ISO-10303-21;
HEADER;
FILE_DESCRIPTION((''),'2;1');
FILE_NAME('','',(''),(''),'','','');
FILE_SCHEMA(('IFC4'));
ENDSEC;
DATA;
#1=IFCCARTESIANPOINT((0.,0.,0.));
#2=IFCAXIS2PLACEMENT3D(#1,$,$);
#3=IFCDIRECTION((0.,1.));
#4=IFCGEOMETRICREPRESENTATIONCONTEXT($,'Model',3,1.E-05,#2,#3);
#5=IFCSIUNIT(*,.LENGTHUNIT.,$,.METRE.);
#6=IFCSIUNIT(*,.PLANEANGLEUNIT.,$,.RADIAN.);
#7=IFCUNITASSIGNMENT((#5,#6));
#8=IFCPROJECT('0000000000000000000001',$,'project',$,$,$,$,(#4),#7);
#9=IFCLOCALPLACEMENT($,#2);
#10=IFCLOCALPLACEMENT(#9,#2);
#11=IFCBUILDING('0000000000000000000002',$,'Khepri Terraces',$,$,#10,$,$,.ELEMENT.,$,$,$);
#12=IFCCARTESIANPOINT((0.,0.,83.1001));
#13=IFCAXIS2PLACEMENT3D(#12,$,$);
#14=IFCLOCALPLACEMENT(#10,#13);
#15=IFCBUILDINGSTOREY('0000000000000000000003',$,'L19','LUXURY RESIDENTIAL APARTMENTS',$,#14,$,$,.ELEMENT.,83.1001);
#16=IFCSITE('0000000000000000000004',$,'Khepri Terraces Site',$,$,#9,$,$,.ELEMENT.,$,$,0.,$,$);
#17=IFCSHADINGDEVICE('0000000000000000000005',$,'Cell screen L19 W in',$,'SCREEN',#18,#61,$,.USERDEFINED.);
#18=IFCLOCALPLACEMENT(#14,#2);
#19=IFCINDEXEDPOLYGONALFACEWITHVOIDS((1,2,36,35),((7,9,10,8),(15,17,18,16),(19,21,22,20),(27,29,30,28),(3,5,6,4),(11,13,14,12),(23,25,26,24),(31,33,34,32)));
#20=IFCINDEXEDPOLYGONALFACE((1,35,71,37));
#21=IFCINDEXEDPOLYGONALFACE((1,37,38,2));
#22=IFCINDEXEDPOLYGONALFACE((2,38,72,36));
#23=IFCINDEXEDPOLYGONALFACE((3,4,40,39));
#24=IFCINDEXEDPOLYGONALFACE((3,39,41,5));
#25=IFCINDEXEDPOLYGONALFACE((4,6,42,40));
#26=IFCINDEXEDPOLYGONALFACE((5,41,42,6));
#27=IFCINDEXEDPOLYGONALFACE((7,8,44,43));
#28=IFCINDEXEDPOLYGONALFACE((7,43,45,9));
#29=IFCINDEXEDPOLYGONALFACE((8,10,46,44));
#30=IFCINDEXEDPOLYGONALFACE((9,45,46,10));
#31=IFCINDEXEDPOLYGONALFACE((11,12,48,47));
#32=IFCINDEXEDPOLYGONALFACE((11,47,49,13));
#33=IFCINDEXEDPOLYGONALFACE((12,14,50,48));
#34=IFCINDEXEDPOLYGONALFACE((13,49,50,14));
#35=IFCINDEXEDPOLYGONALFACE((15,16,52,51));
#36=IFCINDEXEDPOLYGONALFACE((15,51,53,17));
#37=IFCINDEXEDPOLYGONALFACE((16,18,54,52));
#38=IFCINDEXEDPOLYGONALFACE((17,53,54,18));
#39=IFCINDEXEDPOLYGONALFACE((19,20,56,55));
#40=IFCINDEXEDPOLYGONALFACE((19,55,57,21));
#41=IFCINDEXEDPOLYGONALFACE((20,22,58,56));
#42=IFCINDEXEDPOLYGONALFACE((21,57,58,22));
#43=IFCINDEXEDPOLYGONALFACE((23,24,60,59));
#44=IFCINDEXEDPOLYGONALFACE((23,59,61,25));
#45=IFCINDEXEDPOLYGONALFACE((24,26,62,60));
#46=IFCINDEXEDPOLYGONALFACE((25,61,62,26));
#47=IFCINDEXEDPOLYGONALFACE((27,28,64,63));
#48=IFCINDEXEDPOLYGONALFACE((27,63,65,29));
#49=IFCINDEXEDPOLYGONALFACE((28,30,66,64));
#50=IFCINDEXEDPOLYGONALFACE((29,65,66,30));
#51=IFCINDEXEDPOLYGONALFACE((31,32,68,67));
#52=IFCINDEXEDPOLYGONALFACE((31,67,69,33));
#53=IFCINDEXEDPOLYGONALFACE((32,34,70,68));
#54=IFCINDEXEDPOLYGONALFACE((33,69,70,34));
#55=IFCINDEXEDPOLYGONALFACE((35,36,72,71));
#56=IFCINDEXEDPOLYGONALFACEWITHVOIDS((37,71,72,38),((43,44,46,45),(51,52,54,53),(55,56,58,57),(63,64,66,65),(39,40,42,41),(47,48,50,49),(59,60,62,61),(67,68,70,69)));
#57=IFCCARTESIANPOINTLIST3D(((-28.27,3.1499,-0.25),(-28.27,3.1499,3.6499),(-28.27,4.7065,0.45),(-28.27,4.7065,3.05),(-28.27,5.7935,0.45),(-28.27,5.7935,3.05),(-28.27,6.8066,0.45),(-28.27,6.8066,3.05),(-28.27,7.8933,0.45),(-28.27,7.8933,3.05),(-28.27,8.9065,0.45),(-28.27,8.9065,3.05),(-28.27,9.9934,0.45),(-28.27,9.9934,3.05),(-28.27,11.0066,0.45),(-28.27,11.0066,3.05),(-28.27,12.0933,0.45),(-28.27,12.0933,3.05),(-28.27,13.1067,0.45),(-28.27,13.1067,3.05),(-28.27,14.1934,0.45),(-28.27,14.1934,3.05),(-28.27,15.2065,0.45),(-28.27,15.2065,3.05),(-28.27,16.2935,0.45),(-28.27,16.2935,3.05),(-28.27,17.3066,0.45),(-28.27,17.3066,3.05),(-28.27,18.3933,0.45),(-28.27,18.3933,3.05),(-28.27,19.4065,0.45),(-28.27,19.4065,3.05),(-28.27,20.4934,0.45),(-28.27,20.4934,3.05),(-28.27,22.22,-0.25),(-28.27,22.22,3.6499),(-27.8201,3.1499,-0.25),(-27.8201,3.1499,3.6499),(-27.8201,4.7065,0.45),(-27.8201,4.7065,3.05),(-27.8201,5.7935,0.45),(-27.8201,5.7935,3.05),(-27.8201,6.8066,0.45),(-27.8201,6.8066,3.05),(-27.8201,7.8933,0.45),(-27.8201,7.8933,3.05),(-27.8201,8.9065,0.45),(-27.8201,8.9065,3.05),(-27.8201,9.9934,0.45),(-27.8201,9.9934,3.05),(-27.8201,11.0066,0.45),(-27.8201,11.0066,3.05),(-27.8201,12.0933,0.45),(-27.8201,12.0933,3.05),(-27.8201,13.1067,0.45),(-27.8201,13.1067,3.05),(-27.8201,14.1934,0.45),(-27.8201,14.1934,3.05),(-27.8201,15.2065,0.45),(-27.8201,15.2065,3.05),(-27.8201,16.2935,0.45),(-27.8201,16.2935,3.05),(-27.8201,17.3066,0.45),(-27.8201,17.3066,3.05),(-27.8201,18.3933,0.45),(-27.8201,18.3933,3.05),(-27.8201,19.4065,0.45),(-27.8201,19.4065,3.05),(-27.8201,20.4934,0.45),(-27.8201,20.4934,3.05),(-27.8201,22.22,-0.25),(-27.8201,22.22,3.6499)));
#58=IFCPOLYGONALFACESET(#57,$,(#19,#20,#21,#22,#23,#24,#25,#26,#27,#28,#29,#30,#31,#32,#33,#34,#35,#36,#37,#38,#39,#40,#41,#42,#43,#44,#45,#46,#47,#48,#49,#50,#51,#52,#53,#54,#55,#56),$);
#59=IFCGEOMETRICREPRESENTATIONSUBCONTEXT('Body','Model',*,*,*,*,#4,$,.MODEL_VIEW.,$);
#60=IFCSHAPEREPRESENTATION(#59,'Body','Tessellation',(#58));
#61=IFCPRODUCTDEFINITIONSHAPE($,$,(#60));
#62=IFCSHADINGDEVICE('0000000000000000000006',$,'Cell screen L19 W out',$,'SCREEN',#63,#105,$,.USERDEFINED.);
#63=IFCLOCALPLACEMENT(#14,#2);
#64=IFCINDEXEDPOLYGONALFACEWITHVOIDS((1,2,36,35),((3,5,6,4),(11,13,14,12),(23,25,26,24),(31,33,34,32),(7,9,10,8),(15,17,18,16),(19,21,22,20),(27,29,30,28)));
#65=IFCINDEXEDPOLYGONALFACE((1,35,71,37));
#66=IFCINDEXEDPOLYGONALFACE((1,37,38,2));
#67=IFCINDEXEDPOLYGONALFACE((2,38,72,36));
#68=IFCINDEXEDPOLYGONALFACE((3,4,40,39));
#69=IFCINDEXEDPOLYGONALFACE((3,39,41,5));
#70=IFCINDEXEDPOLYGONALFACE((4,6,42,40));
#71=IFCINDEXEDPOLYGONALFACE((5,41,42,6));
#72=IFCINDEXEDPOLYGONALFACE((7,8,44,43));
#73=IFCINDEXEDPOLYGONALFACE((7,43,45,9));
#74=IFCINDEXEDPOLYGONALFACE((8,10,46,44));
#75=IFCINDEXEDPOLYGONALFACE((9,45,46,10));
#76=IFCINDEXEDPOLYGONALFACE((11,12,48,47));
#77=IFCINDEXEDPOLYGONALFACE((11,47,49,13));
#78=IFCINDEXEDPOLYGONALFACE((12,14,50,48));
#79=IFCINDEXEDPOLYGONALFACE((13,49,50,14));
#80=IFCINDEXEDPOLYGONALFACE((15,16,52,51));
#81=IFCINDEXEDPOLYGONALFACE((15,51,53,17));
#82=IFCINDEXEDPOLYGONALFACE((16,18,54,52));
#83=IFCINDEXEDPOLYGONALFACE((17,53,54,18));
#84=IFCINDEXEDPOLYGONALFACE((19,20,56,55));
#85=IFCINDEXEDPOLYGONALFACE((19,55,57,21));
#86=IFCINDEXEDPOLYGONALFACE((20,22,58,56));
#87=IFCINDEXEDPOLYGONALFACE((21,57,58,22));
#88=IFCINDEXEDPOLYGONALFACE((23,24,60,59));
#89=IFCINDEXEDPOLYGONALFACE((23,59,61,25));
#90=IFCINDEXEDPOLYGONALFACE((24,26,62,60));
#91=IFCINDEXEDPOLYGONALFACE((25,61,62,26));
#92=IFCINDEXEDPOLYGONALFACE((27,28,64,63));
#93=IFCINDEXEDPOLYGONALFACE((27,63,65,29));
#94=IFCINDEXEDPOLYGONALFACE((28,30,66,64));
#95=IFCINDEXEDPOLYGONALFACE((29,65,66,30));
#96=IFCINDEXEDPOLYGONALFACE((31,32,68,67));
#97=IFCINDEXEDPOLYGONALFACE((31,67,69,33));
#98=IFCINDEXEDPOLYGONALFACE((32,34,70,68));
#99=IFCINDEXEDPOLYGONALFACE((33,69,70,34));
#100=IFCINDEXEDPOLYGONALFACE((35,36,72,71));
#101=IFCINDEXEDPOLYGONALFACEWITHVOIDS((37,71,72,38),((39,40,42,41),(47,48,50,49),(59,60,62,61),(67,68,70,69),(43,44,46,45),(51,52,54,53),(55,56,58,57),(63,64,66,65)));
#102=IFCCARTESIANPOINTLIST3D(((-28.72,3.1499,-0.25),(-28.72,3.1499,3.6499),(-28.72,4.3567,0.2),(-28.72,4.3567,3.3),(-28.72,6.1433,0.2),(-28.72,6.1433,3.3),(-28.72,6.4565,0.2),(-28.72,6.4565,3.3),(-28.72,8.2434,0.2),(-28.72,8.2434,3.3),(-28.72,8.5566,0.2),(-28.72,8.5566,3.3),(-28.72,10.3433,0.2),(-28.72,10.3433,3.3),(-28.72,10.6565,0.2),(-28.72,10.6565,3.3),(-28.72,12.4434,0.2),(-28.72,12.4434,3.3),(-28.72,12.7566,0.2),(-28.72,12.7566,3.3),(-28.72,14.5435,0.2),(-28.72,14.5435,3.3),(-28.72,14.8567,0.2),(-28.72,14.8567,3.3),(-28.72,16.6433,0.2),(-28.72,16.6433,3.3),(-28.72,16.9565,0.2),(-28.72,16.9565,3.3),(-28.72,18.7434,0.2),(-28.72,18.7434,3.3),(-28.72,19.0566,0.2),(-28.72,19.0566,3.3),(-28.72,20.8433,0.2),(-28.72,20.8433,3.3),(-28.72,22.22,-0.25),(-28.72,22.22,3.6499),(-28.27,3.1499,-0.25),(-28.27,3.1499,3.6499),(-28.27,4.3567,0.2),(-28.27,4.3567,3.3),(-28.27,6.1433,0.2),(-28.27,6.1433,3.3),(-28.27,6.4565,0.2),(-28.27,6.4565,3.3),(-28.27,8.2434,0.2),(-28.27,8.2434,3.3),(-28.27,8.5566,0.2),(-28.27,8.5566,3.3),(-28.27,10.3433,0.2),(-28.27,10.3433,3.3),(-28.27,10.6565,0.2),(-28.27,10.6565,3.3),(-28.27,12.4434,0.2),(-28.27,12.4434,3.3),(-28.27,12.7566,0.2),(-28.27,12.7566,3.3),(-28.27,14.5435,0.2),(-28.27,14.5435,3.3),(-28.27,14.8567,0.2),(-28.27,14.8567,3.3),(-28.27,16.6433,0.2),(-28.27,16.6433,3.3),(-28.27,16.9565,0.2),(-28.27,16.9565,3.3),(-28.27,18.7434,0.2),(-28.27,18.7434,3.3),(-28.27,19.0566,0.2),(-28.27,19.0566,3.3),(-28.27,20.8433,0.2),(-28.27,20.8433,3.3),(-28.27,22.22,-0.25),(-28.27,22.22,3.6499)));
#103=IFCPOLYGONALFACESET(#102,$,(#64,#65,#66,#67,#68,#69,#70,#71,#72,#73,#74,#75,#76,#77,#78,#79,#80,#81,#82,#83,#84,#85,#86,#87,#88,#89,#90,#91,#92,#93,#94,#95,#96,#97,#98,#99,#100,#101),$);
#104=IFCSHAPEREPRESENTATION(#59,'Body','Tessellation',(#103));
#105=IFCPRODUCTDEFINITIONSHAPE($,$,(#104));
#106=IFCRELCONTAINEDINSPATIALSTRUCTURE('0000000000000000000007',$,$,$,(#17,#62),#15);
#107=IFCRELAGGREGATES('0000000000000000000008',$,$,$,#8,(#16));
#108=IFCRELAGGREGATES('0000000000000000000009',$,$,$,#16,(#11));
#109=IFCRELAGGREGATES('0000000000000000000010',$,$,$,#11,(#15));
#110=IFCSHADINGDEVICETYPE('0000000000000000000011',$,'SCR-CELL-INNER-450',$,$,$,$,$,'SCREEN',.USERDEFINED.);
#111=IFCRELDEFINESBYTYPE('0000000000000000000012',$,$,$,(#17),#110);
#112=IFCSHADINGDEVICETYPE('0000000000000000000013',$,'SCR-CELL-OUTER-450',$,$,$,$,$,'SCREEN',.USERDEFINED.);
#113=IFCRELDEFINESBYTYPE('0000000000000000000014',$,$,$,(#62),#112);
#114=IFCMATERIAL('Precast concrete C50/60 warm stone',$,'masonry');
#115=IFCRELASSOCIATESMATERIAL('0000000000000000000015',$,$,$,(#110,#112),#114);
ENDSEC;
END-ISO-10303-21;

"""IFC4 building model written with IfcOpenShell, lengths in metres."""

from ifc_helpers import new_model, si_unit, direction, frame, origin, place, context, subcontext, project, spatial, polyline, outline, extrude, material, type_object, element, save


model = new_model("IFC4")

# Units and contexts
model_context = context("Model", 3, precision=1e-05, world=origin(), true_north=direction((0.0, 1.0)))
body_context = subcontext(model_context, "Body", "Model", "MODEL_VIEW")
ifc_project = project(units=[si_unit("LENGTHUNIT", "METRE"), si_unit("PLANEANGLEUNIT", "RADIAN")], contexts=[model_context])

# Site, building, storey
site_placement = place(None, origin())
site = spatial("IfcSite", under=ifc_project, at=site_placement, Name="Khepri Terraces Site", CompositionType="ELEMENT", RefElevation=0.0)
building_placement = place(site_placement, origin())
building = spatial("IfcBuilding", under=site, at=building_placement, Name="Khepri Terraces", CompositionType="ELEMENT")
storey_placement = place(building_placement, frame((0.0, 0.0, 83.1001)))
storey = spatial("IfcBuildingStorey", under=building, at=storey_placement, Name="L19", Description="LUXURY RESIDENTIAL APARTMENTS", CompositionType="ELEMENT", Elevation=83.1001)

# Shared definitions
ifc_material_1 = material(Name="Precast concrete C50/60 warm stone", Category="masonry")

# Shading devices
shading_device_type_1 = type_object("IfcShadingDeviceType", Name="SCR-CELL-INNER-450", ElementType="SCREEN", PredefinedType="USERDEFINED", material=ifc_material_1)
shading_device_1_placement = place(storey_placement, frame((-27.8201, 22.22, -0.25), z_axis=(-1.0, 0.0, 0.0), x_axis=(0.0, -1.0, 0.0)))
element("IfcShadingDevice", 1, at=shading_device_1_placement, inside=storey, type_object=shading_device_type_1, Name="Cell screen L19 W in", ObjectType="SCREEN", PredefinedType="USERDEFINED", context=body_context, shape_type="SweptSolid", body=[
    extrude(outline(polyline([(0.0, 0.0), (19.0701, 0.0), (19.0701, 3.8999), (0.0, 3.8999), (0.0, 0.0)]), holes=[polyline([(1.7266, 0.7), (2.8135, 0.7), (2.8135, 3.3), (1.7266, 3.3), (1.7266, 0.7)]), polyline([(3.8267, 0.7), (4.9133, 0.7), (4.9133, 3.3), (3.8267, 3.3), (3.8267, 0.7)]), polyline([(5.9265, 0.7), (7.0134, 0.7), (7.0134, 3.3), (5.9265, 3.3), (5.9265, 0.7)]), polyline([(8.0266, 0.7), (9.1133, 0.7), (9.1133, 3.3), (8.0266, 3.3), (8.0266, 0.7)]), polyline([(10.1267, 0.7), (11.2134, 0.7), (11.2134, 3.3), (10.1267, 3.3), (10.1267, 0.7)]), polyline([(12.2266, 0.7), (13.3135, 0.7), (13.3135, 3.3), (12.2266, 3.3), (12.2266, 0.7)]), polyline([(14.3267, 0.7), (15.4133, 0.7), (15.4133, 3.3), (14.3267, 3.3), (14.3267, 0.7)]), polyline([(16.4265, 0.7), (17.5134, 0.7), (17.5134, 3.3), (16.4265, 3.3), (16.4265, 0.7)])]), origin(), (0.0, 0.0, 1.0), 0.45),
])
shading_device_type_2 = type_object("IfcShadingDeviceType", Name="SCR-CELL-OUTER-450", ElementType="SCREEN", PredefinedType="USERDEFINED", material=ifc_material_1)
shading_device_2_placement = place(storey_placement, frame((-28.27, 22.22, -0.25), z_axis=(-1.0, 0.0, 0.0), x_axis=(0.0, -1.0, 0.0)))
element("IfcShadingDevice", 2, at=shading_device_2_placement, inside=storey, type_object=shading_device_type_2, Name="Cell screen L19 W out", ObjectType="SCREEN", PredefinedType="USERDEFINED", context=body_context, shape_type="SweptSolid", body=[
    extrude(outline(polyline([(0.0, 0.0), (19.0701, 0.0), (19.0701, 3.8999), (0.0, 3.8999), (0.0, 0.0)]), holes=[polyline([(1.3767, 0.45), (3.1633, 0.45), (3.1633, 3.55), (1.3767, 3.55), (1.3767, 0.45)]), polyline([(3.4766, 0.45), (5.2634, 0.45), (5.2634, 3.55), (3.4766, 3.55), (3.4766, 0.45)]), polyline([(5.5767, 0.45), (7.3633, 0.45), (7.3633, 3.55), (5.5767, 3.55), (5.5767, 0.45)]), polyline([(7.6765, 0.45), (9.4634, 0.45), (9.4634, 3.55), (7.6765, 3.55), (7.6765, 0.45)]), polyline([(9.7766, 0.45), (11.5635, 0.45), (11.5635, 3.55), (9.7766, 3.55), (9.7766, 0.45)]), polyline([(11.8767, 0.45), (13.6633, 0.45), (13.6633, 3.55), (11.8767, 3.55), (11.8767, 0.45)]), polyline([(13.9766, 0.45), (15.7634, 0.45), (15.7634, 3.55), (13.9766, 3.55), (13.9766, 0.45)]), polyline([(16.0767, 0.45), (17.8633, 0.45), (17.8633, 3.55), (16.0767, 3.55), (16.0767, 0.45)])]), origin(), (0.0, 0.0, 1.0), 0.45),
])

save(model, "model.ifc")
